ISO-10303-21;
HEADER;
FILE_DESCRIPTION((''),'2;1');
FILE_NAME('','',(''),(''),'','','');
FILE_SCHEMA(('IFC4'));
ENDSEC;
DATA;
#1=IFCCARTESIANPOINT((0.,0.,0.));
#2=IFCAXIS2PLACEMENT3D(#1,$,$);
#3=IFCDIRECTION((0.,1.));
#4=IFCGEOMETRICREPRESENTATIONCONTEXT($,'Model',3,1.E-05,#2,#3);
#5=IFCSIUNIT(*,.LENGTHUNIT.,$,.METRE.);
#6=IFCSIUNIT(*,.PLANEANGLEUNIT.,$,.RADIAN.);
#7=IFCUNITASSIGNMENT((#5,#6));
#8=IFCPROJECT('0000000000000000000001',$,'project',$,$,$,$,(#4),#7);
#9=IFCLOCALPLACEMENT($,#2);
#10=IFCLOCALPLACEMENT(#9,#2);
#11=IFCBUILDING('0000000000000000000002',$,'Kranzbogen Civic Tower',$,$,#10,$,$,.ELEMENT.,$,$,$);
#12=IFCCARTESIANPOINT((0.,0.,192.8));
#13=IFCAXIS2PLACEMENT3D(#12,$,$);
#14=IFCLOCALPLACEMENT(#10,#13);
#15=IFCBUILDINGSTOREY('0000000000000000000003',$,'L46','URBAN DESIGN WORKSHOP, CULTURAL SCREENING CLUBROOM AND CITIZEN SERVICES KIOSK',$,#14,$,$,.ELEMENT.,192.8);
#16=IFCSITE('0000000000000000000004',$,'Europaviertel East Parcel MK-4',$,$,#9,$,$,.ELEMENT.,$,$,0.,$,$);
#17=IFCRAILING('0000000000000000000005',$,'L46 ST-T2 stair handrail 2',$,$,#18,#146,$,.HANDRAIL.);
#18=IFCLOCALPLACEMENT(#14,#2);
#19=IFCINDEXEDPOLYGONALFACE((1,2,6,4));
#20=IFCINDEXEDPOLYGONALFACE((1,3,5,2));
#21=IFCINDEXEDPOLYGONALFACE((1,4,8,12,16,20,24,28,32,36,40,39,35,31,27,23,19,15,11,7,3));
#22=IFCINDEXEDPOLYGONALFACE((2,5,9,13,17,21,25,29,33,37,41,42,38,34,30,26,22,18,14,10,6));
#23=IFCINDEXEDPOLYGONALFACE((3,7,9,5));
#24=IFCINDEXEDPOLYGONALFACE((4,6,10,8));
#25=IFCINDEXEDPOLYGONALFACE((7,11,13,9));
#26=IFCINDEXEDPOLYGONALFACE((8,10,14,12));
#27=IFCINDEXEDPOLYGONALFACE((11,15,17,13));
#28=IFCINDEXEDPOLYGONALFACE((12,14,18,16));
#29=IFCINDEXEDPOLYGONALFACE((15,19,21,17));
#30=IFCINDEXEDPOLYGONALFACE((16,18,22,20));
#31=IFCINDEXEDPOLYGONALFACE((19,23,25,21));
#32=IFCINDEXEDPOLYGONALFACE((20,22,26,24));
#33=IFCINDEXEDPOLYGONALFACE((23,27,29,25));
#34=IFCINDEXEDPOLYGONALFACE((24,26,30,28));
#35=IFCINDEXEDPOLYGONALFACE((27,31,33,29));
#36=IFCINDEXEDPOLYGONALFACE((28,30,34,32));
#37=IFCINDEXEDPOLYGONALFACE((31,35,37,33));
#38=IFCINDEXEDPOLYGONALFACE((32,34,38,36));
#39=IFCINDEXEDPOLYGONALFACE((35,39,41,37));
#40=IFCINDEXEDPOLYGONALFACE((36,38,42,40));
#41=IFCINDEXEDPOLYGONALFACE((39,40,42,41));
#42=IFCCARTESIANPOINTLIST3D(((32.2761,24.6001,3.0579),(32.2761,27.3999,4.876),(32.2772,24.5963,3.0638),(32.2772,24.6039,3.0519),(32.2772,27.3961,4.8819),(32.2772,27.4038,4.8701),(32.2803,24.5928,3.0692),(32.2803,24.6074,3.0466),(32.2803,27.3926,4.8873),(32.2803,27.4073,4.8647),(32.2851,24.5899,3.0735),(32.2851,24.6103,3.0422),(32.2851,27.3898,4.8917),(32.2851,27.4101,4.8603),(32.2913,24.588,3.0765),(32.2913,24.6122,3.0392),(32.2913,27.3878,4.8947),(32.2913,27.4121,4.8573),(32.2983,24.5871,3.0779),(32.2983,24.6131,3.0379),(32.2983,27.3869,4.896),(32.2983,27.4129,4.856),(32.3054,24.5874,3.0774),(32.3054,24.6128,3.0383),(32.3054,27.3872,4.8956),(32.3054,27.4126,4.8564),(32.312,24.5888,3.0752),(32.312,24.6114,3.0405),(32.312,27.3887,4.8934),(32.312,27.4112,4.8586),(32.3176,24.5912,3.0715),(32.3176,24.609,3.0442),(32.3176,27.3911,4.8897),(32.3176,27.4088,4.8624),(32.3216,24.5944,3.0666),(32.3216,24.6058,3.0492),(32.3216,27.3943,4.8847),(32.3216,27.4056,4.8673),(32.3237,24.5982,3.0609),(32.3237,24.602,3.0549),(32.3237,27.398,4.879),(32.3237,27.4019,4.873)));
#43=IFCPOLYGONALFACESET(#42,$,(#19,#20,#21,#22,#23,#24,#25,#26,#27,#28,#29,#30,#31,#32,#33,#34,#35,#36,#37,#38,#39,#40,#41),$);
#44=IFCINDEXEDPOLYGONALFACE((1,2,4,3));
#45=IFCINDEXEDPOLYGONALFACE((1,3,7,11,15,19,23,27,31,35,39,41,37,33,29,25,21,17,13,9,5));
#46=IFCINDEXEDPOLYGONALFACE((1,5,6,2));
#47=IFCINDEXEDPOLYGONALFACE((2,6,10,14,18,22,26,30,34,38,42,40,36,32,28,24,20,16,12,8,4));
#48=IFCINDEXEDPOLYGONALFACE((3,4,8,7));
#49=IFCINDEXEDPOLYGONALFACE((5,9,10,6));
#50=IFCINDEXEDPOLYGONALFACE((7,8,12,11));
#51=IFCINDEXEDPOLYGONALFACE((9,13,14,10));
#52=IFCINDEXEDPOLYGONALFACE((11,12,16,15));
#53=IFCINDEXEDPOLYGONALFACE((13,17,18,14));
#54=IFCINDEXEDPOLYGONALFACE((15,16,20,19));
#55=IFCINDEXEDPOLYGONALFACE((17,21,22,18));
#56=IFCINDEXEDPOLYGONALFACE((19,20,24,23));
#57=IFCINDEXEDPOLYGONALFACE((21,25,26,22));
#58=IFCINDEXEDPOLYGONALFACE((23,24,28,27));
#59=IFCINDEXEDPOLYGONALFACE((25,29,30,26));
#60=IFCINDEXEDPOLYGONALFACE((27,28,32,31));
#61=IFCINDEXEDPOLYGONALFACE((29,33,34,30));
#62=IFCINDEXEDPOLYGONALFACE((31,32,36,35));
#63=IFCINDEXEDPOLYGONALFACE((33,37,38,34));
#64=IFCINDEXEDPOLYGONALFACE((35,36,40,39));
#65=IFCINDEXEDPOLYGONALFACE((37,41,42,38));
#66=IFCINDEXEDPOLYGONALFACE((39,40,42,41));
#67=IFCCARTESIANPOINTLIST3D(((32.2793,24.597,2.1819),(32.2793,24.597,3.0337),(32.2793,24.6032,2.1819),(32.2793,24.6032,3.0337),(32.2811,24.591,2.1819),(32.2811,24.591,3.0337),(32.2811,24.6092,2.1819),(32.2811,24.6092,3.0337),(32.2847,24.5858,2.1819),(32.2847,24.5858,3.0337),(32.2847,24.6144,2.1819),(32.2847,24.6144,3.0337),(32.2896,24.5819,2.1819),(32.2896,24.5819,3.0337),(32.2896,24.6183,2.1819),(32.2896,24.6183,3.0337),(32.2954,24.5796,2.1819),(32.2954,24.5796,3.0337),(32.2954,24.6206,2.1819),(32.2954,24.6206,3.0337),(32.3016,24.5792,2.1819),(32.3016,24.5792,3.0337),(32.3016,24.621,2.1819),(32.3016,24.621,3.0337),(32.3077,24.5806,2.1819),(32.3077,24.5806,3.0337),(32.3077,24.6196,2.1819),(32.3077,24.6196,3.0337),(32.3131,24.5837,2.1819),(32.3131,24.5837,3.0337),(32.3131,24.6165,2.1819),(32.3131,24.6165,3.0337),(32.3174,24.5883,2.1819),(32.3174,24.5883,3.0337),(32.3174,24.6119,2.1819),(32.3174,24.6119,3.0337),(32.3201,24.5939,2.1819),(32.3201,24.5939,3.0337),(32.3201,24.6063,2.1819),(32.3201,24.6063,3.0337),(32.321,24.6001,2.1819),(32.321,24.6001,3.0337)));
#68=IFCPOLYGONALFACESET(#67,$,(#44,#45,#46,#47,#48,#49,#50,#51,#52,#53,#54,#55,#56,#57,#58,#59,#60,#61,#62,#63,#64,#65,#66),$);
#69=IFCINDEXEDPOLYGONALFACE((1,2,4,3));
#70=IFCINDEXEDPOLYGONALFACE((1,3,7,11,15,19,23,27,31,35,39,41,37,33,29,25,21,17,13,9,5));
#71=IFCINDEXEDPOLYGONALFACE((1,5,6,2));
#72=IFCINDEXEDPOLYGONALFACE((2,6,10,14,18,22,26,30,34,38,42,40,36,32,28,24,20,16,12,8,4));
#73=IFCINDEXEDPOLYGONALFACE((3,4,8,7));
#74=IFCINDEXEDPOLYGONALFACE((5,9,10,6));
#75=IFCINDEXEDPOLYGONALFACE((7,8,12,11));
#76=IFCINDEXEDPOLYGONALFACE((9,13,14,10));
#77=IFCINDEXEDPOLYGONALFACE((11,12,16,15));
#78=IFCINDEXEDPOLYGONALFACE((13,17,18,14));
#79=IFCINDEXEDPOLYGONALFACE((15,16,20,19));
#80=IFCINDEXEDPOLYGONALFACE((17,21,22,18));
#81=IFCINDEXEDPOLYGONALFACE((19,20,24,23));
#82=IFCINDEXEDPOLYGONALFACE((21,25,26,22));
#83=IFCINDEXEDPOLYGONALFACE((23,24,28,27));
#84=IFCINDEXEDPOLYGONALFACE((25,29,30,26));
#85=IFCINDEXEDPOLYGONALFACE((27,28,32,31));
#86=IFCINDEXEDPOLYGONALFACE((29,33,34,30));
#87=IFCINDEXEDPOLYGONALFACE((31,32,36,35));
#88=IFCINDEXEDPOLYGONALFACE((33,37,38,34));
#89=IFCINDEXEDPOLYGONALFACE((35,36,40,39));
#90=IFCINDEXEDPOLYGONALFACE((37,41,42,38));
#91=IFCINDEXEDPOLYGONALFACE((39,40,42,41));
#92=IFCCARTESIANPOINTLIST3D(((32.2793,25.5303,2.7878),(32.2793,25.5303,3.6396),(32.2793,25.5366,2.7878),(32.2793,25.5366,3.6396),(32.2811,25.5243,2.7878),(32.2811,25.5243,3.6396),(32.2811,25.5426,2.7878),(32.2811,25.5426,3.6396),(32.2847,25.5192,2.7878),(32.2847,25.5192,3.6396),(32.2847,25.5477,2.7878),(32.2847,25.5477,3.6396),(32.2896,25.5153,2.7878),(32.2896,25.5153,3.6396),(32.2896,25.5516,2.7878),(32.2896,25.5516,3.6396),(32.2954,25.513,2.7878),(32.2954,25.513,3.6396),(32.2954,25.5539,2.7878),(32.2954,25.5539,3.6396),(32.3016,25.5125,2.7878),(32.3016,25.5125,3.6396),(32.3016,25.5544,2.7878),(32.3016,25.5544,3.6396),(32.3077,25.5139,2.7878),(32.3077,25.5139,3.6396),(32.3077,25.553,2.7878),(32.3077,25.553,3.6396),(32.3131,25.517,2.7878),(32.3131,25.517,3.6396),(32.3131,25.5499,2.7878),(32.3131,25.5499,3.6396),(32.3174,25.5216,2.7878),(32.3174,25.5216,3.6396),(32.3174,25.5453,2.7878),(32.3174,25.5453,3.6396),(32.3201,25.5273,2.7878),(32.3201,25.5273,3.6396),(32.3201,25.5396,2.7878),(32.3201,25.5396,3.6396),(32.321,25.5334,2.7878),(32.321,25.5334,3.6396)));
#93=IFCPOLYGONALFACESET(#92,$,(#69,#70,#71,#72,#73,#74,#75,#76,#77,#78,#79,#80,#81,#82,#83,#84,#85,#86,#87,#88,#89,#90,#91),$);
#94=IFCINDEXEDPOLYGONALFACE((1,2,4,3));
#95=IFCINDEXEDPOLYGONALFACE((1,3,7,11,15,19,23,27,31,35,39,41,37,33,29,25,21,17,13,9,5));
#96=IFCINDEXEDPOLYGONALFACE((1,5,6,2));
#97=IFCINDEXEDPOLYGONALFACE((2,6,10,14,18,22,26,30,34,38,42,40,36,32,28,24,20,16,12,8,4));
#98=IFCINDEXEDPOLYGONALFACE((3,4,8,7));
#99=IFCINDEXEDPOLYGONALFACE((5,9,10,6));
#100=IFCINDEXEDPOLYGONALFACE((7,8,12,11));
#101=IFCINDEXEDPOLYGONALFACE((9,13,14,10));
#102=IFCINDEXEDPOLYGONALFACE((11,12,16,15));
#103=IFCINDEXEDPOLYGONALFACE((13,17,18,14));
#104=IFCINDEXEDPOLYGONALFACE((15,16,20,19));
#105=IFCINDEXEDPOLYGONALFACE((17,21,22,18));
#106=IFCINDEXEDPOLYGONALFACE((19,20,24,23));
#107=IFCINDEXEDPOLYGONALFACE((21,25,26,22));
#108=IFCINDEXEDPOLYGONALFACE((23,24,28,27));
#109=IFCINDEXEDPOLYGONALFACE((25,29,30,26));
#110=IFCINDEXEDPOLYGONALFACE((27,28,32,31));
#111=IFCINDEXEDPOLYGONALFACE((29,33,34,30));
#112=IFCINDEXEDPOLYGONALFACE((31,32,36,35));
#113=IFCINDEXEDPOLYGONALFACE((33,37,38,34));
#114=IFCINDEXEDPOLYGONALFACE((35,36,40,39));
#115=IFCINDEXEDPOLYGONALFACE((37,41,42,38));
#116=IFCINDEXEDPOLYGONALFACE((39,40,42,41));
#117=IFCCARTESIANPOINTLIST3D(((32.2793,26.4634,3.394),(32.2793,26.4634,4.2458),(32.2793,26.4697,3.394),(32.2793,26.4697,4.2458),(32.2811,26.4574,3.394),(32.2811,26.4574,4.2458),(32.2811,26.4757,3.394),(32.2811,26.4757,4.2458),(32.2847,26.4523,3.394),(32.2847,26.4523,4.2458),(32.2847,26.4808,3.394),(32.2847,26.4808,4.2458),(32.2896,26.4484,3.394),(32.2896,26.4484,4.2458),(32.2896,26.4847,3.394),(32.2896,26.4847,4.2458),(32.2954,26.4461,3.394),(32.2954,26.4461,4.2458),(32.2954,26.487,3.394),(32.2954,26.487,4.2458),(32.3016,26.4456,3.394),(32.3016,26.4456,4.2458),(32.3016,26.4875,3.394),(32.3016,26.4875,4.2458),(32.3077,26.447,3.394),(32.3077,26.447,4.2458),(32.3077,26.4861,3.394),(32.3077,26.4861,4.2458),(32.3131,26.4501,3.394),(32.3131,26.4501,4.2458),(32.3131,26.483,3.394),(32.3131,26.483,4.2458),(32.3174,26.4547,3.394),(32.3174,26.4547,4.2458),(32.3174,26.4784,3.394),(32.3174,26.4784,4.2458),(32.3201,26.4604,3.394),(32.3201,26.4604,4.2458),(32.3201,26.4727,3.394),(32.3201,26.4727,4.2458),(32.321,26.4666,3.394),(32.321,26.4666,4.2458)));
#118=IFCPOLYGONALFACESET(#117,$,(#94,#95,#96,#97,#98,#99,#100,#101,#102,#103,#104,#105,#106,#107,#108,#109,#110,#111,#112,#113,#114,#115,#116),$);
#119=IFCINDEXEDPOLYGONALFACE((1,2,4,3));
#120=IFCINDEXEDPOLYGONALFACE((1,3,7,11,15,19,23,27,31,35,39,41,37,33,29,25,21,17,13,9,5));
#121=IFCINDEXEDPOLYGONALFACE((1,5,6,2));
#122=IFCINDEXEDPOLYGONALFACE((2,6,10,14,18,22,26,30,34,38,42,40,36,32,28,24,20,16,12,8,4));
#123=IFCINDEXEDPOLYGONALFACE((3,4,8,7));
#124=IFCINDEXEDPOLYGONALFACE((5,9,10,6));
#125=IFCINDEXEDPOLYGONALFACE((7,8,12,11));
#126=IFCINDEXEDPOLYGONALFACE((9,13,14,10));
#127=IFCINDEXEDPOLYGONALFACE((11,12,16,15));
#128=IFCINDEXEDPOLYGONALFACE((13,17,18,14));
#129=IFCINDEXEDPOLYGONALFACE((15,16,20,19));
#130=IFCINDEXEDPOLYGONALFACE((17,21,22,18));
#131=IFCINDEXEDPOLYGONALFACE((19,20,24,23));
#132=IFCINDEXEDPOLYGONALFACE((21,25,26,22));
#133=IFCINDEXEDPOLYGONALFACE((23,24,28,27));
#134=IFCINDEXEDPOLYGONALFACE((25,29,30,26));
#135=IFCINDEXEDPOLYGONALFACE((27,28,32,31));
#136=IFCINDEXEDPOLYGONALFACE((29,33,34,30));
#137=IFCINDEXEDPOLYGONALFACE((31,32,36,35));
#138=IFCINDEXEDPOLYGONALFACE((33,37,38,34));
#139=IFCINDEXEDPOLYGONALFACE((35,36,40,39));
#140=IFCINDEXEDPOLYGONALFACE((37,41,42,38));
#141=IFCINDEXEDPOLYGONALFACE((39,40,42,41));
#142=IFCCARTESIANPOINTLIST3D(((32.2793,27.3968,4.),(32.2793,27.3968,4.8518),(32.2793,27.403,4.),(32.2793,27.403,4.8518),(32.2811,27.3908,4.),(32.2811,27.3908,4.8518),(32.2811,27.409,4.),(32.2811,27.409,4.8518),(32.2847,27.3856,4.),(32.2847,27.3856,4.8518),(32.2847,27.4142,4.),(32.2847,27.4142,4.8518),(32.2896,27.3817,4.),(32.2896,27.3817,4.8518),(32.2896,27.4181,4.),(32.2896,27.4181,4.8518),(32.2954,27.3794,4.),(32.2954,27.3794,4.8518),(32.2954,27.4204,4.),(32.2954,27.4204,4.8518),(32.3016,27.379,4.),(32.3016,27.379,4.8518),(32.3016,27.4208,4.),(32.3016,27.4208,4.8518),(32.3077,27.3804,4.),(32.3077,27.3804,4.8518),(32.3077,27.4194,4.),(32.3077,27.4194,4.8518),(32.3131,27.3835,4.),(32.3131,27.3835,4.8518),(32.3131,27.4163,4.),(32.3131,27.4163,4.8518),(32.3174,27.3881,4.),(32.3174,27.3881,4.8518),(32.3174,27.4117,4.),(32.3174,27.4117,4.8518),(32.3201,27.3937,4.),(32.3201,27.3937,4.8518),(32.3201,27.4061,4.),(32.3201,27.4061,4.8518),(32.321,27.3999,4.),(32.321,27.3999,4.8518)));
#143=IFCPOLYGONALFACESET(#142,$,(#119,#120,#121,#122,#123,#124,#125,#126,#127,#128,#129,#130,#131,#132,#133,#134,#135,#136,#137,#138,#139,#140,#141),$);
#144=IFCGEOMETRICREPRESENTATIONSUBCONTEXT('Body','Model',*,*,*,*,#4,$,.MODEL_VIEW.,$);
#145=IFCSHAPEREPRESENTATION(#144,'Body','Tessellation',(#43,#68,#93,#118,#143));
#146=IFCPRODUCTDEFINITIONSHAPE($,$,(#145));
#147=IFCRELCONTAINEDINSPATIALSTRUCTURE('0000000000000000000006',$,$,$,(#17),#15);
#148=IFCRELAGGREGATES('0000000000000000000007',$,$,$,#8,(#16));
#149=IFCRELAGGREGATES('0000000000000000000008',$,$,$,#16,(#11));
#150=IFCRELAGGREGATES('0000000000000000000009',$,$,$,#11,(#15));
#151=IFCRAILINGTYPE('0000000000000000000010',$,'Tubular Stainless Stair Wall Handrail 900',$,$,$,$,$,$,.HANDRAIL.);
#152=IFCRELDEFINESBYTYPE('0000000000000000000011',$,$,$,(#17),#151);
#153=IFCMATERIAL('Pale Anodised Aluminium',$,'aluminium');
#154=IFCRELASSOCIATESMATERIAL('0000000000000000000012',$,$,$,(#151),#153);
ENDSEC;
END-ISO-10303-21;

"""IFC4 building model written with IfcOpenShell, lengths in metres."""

from ifc_helpers import new_model, si_unit, direction, frame, origin, origin_2d, place, context, subcontext, project, spatial, circle, extrude, material, type_object, element, save


model = new_model("IFC4")

# Units and contexts
model_context = context("Model", 3, precision=1e-05, world=origin(), true_north=direction((0.0, 1.0)))
body_context = subcontext(model_context, "Body", "Model", "MODEL_VIEW")
ifc_project = project(units=[si_unit("LENGTHUNIT", "METRE"), si_unit("PLANEANGLEUNIT", "RADIAN")], contexts=[model_context])

# Site, building, storey
site_placement = place(None, origin())
site = spatial("IfcSite", under=ifc_project, at=site_placement, Name="Europaviertel East Parcel MK-4", CompositionType="ELEMENT", RefElevation=0.0)
building_placement = place(site_placement, origin())
building = spatial("IfcBuilding", under=site, at=building_placement, Name="Kranzbogen Civic Tower", CompositionType="ELEMENT")
storey_placement = place(building_placement, frame((0.0, 0.0, 192.8)))
storey = spatial("IfcBuildingStorey", under=building, at=storey_placement, Name="L46", Description="URBAN DESIGN WORKSHOP, CULTURAL SCREENING CLUBROOM AND CITIZEN SERVICES KIOSK", CompositionType="ELEMENT", Elevation=192.8)

# Shared definitions
ifc_material_1 = material(Name="Pale Anodised Aluminium", Category="aluminium")

# Railing
railing_type = type_object("IfcRailingType", Name="Tubular Stainless Stair Wall Handrail 900", PredefinedType="HANDRAIL", material=ifc_material_1)
railing_placement = place(storey_placement, frame((32.3, 24.6001, 2.1819)))
element("IfcRailing", 1, at=railing_placement, inside=storey, type_object=railing_type, Name="L46 ST-T2 stair handrail 2", PredefinedType="HANDRAIL", context=body_context, shape_type="SweptSolid", body=[
    extrude(circle(Radius=0.0239, at=origin_2d()), frame((0.0, 0.0, 0.876), z_axis=(0.0, 0.838684, 0.544618), x_axis=(-1.0, 0.0, 0.0)), (0.0, 0.0, 1.0), 3.3384),
    extrude(circle(Radius=0.021, at=origin_2d()), origin(), (0.0, 0.0, 1.0), 0.8518),
    extrude(circle(Radius=0.021, at=origin_2d()), frame((0.0, 0.9333, 0.606)), (0.0, 0.0, 1.0), 0.8518),
    extrude(circle(Radius=0.021, at=origin_2d()), frame((0.0, 1.8665, 1.2122)), (0.0, 0.0, 1.0), 0.8518),
    extrude(circle(Radius=0.021, at=origin_2d()), frame((0.0, 2.7998, 1.8181)), (0.0, 0.0, 1.0), 0.8518),
])

save(model, "model.ifc")
